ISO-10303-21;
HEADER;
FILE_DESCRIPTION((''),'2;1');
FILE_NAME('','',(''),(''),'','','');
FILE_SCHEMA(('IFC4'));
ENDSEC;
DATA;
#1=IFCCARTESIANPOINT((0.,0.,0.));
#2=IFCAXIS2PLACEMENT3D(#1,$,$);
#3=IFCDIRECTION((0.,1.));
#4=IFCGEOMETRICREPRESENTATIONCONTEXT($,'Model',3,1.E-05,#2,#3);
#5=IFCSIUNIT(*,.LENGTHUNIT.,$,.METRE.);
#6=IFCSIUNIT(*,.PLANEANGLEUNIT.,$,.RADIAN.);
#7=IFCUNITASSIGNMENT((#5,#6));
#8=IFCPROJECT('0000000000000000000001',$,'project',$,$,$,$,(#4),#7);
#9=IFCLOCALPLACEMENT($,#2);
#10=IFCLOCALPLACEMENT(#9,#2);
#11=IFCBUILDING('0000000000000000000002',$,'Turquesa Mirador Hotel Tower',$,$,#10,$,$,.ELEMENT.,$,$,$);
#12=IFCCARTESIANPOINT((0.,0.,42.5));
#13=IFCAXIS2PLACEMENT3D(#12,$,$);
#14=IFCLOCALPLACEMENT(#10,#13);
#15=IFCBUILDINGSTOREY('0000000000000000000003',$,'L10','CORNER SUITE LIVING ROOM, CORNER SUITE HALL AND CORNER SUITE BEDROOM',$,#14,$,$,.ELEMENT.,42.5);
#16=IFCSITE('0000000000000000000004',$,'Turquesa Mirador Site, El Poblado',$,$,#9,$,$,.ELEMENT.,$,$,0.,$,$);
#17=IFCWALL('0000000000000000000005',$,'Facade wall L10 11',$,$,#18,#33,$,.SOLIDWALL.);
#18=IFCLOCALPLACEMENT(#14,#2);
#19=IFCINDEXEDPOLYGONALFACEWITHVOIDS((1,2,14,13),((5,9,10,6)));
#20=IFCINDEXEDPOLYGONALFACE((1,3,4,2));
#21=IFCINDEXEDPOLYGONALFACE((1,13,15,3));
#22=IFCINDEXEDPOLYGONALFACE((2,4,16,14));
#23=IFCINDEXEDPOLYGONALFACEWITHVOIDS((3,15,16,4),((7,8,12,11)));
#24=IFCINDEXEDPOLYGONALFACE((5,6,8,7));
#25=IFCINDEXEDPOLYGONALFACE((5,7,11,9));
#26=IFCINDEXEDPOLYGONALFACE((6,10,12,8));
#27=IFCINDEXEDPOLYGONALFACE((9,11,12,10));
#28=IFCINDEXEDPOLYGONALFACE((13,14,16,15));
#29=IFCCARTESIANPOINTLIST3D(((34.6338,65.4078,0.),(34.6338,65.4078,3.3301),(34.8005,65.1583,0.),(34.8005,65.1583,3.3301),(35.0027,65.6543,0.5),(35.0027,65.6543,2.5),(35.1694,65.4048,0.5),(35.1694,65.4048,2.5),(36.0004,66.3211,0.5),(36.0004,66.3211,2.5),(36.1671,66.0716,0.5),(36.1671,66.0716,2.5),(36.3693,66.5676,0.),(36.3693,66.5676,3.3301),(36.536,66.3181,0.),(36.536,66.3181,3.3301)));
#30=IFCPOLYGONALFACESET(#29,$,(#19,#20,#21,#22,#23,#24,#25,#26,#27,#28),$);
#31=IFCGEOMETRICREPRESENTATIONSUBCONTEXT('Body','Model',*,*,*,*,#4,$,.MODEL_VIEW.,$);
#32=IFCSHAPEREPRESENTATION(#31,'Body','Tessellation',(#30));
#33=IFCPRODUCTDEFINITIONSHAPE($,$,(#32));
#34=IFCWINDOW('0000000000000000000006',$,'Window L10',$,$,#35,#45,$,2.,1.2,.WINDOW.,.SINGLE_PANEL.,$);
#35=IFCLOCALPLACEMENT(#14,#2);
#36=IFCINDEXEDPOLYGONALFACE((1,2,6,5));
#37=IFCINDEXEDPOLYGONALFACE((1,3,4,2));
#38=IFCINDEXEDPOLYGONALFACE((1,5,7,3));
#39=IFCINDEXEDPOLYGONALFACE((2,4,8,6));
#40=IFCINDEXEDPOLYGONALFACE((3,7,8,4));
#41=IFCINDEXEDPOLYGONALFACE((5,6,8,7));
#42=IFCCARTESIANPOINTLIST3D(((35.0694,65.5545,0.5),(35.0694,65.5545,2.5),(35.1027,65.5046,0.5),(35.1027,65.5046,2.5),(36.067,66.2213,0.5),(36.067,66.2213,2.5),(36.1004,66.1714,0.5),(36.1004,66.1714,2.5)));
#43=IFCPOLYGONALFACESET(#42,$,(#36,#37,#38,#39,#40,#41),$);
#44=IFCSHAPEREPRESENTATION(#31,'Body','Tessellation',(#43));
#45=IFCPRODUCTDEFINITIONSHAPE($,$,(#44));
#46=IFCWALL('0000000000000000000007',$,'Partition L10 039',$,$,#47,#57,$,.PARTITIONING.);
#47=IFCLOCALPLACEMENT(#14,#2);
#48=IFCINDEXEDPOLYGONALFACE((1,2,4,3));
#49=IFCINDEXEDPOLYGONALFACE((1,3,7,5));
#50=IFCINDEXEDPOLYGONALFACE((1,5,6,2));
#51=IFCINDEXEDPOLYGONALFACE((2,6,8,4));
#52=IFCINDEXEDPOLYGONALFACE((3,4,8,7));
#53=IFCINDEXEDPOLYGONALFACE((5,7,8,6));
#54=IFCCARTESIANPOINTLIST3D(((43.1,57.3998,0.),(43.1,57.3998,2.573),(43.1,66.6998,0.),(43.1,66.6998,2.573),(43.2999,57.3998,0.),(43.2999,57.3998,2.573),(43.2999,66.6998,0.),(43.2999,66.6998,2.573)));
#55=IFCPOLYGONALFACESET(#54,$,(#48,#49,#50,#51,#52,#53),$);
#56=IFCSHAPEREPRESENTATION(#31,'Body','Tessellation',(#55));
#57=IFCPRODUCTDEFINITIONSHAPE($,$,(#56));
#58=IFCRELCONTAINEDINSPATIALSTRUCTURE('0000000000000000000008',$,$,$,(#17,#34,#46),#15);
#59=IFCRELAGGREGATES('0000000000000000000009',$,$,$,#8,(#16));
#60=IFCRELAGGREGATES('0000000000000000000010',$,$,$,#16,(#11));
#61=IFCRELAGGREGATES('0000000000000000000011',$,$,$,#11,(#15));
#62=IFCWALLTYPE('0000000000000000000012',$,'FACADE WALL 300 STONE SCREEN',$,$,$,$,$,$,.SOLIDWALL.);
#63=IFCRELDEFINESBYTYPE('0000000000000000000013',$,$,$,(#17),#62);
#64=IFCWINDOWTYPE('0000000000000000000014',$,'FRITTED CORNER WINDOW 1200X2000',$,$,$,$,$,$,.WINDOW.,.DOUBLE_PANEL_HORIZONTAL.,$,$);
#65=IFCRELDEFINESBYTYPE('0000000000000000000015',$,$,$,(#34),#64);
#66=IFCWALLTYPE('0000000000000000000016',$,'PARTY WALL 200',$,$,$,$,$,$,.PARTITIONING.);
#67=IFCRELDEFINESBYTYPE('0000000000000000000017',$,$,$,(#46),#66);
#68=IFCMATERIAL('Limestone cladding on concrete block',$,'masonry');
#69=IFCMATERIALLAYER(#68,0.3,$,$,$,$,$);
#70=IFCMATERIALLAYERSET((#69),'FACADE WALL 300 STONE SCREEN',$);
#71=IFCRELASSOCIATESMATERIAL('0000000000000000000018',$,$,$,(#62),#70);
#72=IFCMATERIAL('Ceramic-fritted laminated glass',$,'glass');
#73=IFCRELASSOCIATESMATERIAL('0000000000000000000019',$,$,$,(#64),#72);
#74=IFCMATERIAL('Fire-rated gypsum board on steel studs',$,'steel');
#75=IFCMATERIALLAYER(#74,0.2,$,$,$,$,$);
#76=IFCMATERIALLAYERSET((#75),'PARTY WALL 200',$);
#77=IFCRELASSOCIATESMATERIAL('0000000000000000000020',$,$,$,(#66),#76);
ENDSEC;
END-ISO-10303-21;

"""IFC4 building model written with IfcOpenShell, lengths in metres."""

from ifc_helpers import new_model, si_unit, direction, frame, frame_2d, origin, place, context, subcontext, project, spatial, rectangle, extrude, material, layer, layer_set, type_object, element, fill, save


model = new_model("IFC4")

# Units and contexts
model_context = context("Model", 3, precision=1e-05, world=origin(), true_north=direction((0.0, 1.0)))
body_context = subcontext(model_context, "Body", "Model", "MODEL_VIEW")
ifc_project = project(units=[si_unit("LENGTHUNIT", "METRE"), si_unit("PLANEANGLEUNIT", "RADIAN")], contexts=[model_context])

# Site, building, storey
site_placement = place(None, origin())
site = spatial("IfcSite", under=ifc_project, at=site_placement, Name="Turquesa Mirador Site, El Poblado", CompositionType="ELEMENT", RefElevation=0.0)
building_placement = place(site_placement, origin())
building = spatial("IfcBuilding", under=site, at=building_placement, Name="Turquesa Mirador Hotel Tower", CompositionType="ELEMENT")
storey_placement = place(building_placement, frame((0.0, 0.0, 42.5)))
storey = spatial("IfcBuildingStorey", under=building, at=storey_placement, Name="L10", Description="CORNER SUITE LIVING ROOM, CORNER SUITE HALL AND CORNER SUITE BEDROOM", CompositionType="ELEMENT", Elevation=42.5)

# Wall, opening, window
ifc_material_1 = material(Name="Limestone cladding on concrete block", Category="masonry")
ifc_layer_1 = layer(ifc_material_1, 0.3)
ifc_layer_set_1 = layer_set([ifc_layer_1], Name="FACADE WALL 300 STONE SCREEN")
wall_type_1 = type_object("IfcWallType", Name="FACADE WALL 300 STONE SCREEN", PredefinedType="SOLIDWALL", material=ifc_layer_set_1)
ifc_material_2 = material(Name="Ceramic-fritted laminated glass", Category="glass")
window_type = type_object("IfcWindowType", Name="FRITTED CORNER WINDOW 1200X2000", PartitioningType="DOUBLE_PANEL_HORIZONTAL", PredefinedType="WINDOW", material=ifc_material_2)
wall_1_placement = place(storey_placement, frame((36.4526, 66.4429, 0.0), z_axis=(0.0, 0.0, 1.0), x_axis=(-0.83142, -0.555644, 0.0)))
wall_1 = element("IfcWall", 1, at=wall_1_placement, inside=storey, type_object=wall_type_1, Name="Facade wall L10 11", PredefinedType="SOLIDWALL", context=body_context, shape_type="SweptSolid", body=[
    extrude(rectangle(XDim=2.0874, YDim=0.3, at=frame_2d((1.0437, 0.0))), origin(), (0.0, 0.0, 1.0), 3.3301),
])
opening_1_placement = place(wall_1_placement, frame((0.4436, 0.0, 0.5)))
opening_1 = element("IfcOpeningElement", 2, at=opening_1_placement, cuts=wall_1, PredefinedType="OPENING", context=body_context, shape_type="SweptSolid", body=[
    extrude(rectangle(XDim=1.2, YDim=2.0, at=frame_2d((0.6001, 1.0))), frame((0.0, 0.1599, 0.0), z_axis=(0.0, -1.0, 0.0), x_axis=(1.0, 0.0, 0.0)), (0.0, 0.0, 1.0), 0.3201),
])
window_1_placement = place(opening_1_placement, origin())
window_1 = element("IfcWindow", 3, at=window_1_placement, inside=storey, type_object=window_type, Name="Window L10", OverallHeight=2.0, OverallWidth=1.2, PartitioningType="SINGLE_PANEL", PredefinedType="WINDOW", context=body_context, shape_type="SweptSolid", body=[
    extrude(rectangle(XDim=1.2, YDim=2.0, at=frame_2d((0.6001, 1.0))), frame((0.0, 0.03, 0.0), z_axis=(0.0, -1.0, 0.0), x_axis=(1.0, 0.0, 0.0)), (0.0, 0.0, 1.0), 0.0601),
])
fill(opening_1, window_1)

# Wall
ifc_material_3 = material(Name="Fire-rated gypsum board on steel studs", Category="steel")
ifc_layer_2 = layer(ifc_material_3, 0.2)
ifc_layer_set_2 = layer_set([ifc_layer_2], Name="PARTY WALL 200")
wall_type_2 = type_object("IfcWallType", Name="PARTY WALL 200", PredefinedType="PARTITIONING", material=ifc_layer_set_2)
wall_2_placement = place(storey_placement, frame((43.2, 57.3999, 0.0), z_axis=(0.0, 0.0, 1.0), x_axis=(0.0, 1.0, 0.0)))
element("IfcWall", 4, at=wall_2_placement, inside=storey, type_object=wall_type_2, Name="Partition L10 039", PredefinedType="PARTITIONING", context=body_context, shape_type="SweptSolid", body=[
    extrude(rectangle(XDim=9.3, YDim=0.2, at=frame_2d((4.6499, 0.0))), origin(), (0.0, 0.0, 1.0), 2.573),
])

save(model, "model.ifc")
